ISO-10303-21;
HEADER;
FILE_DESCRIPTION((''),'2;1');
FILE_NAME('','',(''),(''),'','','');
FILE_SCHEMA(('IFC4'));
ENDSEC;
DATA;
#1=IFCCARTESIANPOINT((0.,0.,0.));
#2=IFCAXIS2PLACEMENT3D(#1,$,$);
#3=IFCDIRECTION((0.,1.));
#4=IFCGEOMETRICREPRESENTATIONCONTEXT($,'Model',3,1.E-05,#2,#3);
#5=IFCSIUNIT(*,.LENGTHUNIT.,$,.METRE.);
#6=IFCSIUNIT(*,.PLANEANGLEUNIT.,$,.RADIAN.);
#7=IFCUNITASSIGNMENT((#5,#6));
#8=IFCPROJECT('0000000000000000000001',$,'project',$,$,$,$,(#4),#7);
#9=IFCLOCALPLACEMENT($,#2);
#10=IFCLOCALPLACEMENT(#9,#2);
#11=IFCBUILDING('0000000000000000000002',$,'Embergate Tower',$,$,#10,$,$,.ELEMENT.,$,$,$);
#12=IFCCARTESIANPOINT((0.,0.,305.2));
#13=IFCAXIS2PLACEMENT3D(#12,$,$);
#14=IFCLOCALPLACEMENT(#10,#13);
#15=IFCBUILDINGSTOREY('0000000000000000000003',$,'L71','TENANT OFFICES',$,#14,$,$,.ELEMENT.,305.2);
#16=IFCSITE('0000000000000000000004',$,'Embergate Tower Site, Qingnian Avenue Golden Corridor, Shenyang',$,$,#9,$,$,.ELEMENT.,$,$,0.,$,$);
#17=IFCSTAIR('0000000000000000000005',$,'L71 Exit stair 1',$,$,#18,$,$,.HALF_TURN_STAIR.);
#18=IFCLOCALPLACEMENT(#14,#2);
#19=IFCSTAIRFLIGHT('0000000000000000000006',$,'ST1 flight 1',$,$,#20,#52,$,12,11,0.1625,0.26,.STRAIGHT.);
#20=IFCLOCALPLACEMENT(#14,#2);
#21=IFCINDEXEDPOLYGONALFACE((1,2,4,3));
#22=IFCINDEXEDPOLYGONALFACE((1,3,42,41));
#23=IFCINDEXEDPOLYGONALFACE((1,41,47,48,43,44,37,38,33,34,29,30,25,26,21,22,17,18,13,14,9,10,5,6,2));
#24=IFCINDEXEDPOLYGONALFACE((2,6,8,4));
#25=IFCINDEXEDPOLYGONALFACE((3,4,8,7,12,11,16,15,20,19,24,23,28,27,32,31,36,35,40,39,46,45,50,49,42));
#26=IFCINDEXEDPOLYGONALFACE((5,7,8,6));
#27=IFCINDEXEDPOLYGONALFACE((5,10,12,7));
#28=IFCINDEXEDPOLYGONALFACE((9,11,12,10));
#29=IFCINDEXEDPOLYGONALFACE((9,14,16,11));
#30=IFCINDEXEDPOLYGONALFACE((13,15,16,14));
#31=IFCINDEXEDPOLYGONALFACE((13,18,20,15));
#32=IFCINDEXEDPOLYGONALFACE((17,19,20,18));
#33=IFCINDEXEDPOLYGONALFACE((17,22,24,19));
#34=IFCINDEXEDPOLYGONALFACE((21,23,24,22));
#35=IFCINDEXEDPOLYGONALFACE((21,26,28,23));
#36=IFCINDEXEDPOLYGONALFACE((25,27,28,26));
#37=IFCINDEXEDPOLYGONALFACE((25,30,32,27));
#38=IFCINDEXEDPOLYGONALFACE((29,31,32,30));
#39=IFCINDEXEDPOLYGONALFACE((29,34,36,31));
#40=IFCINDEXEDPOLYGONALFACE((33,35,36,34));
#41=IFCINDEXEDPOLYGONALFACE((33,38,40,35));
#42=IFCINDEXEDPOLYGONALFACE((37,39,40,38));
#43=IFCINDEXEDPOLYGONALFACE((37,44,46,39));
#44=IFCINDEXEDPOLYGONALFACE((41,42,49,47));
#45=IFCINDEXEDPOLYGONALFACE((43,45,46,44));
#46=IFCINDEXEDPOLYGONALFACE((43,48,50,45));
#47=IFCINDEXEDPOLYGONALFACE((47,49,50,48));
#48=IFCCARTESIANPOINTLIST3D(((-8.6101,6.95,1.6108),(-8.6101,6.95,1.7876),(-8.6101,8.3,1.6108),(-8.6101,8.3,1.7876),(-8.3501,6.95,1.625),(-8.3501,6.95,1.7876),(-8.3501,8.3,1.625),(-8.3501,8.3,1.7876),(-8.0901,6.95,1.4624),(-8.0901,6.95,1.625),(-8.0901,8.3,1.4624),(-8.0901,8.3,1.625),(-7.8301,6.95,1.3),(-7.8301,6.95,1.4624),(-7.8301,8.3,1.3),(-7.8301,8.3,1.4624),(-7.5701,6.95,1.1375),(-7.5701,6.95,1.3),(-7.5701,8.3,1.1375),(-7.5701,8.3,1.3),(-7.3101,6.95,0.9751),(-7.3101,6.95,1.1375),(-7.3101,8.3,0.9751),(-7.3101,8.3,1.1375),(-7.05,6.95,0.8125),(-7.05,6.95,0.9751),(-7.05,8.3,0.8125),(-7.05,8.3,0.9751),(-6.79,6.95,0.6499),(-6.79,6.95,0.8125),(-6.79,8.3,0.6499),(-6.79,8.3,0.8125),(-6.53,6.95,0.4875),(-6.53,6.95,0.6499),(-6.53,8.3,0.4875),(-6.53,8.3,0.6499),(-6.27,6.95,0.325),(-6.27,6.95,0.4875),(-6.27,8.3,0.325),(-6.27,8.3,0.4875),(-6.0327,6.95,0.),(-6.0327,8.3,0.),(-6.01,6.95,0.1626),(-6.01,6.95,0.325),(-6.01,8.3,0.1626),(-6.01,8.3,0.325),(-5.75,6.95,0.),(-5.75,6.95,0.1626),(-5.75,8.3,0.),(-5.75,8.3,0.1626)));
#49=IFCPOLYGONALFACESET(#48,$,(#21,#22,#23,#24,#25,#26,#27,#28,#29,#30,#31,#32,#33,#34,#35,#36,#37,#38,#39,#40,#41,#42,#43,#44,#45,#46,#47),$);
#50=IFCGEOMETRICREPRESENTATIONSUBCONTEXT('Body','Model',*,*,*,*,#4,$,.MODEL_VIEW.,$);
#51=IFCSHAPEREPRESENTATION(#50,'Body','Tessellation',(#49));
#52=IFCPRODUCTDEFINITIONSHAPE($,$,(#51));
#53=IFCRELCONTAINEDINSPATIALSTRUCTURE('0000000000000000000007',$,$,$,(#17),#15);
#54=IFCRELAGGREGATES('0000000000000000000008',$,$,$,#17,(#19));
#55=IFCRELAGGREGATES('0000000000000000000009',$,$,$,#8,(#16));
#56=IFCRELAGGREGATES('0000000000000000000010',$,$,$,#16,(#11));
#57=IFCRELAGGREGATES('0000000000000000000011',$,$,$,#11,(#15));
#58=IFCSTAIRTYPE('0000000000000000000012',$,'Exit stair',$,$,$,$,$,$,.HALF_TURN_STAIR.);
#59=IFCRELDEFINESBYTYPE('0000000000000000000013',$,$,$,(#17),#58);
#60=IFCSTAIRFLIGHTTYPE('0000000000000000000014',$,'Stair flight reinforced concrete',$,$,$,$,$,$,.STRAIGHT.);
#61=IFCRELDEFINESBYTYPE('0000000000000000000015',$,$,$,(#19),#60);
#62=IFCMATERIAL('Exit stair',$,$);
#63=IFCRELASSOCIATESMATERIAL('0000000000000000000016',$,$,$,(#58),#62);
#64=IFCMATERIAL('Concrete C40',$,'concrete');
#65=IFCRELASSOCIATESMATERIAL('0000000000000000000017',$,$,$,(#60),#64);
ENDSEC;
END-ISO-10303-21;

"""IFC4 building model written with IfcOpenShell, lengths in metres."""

from ifc_helpers import new_model, si_unit, direction, frame, origin, place, context, subcontext, project, spatial, polyline, outline, extrude, source, transform, mapped, material, type_object, element, aggregate, save


model = new_model("IFC4")

# Units and contexts
model_context = context("Model", 3, precision=1e-05, world=origin(), true_north=direction((0.0, 1.0)))
body_context = subcontext(model_context, "Body", "Model", "MODEL_VIEW")
ifc_project = project(units=[si_unit("LENGTHUNIT", "METRE"), si_unit("PLANEANGLEUNIT", "RADIAN")], contexts=[model_context])

# Site, building, storey
site_placement = place(None, origin())
site = spatial("IfcSite", under=ifc_project, at=site_placement, Name="Embergate Tower Site, Qingnian Avenue Golden Corridor, Shenyang", CompositionType="ELEMENT", RefElevation=0.0)
building_placement = place(site_placement, origin())
building = spatial("IfcBuilding", under=site, at=building_placement, Name="Embergate Tower", CompositionType="ELEMENT")
storey_placement = place(building_placement, frame((0.0, 0.0, 305.2)))
storey = spatial("IfcBuildingStorey", under=building, at=storey_placement, Name="L71", Description="TENANT OFFICES", CompositionType="ELEMENT", Elevation=305.2)

# Stair, stair flight
ifc_material_1 = material(Name="Exit stair")
stair_type = type_object("IfcStairType", Name="Exit stair", PredefinedType="HALF_TURN_STAIR", material=ifc_material_1)
stair_placement = place(storey_placement, origin())
stair = element("IfcStair", 1, at=stair_placement, inside=storey, type_object=stair_type, Name="L71 Exit stair 1", PredefinedType="HALF_TURN_STAIR")
ifc_material_2 = material(Name="Concrete C40", Category="concrete")
stair_flight_type = type_object("IfcStairFlightType", Name="Stair flight reinforced concrete", PredefinedType="STRAIGHT", material=ifc_material_2)
shared_shape_1 = source(origin(), body_context, "Body", "SweptSolid", [
    extrude(outline(polyline([(0.0, 0.0), (0.0, 0.1626), (0.26, 0.1626), (0.26, 0.325), (0.52, 0.325), (0.52, 0.4875), (0.78, 0.4875), (0.78, 0.6499), (1.04, 0.6499), (1.04, 0.8125), (1.3, 0.8125), (1.3, 0.9751), (1.5601, 0.9751), (1.5601, 1.1375), (1.8201, 1.1375), (1.8201, 1.3), (2.0801, 1.3), (2.0801, 1.4624), (2.3401, 1.4624), (2.3401, 1.625), (2.6001, 1.625), (2.6001, 1.7876), (2.8601, 1.7876), (2.8601, 1.95), (2.8601, 1.6108), (0.2827, 0.0), (0.0, 0.0)])), frame((0.0, 0.675, 0.0), z_axis=(0.0, -1.0, 0.0), x_axis=(1.0, 0.0, 0.0)), (0.0, 0.0, 1.0), 1.3501),
])
stair_flight_placement = place(storey_placement, frame((-5.75, 7.625, 0.0), z_axis=(0.0, 0.0, 1.0), x_axis=(-1.0, 0.0, 0.0)))
stair_flight = element("IfcStairFlight", 2, at=stair_flight_placement, type_object=stair_flight_type, Name="ST1 flight 1", NumberOfRisers=12, NumberOfTreads=11, PredefinedType="STRAIGHT", RiserHeight=0.1625, TreadLength=0.26, context=body_context, shape_type="MappedRepresentation", body=[
    mapped(shared_shape_1, transform((0.0, 0.0, 0.0))),
])
aggregate(stair, [stair_flight])

save(model, "model.ifc")
